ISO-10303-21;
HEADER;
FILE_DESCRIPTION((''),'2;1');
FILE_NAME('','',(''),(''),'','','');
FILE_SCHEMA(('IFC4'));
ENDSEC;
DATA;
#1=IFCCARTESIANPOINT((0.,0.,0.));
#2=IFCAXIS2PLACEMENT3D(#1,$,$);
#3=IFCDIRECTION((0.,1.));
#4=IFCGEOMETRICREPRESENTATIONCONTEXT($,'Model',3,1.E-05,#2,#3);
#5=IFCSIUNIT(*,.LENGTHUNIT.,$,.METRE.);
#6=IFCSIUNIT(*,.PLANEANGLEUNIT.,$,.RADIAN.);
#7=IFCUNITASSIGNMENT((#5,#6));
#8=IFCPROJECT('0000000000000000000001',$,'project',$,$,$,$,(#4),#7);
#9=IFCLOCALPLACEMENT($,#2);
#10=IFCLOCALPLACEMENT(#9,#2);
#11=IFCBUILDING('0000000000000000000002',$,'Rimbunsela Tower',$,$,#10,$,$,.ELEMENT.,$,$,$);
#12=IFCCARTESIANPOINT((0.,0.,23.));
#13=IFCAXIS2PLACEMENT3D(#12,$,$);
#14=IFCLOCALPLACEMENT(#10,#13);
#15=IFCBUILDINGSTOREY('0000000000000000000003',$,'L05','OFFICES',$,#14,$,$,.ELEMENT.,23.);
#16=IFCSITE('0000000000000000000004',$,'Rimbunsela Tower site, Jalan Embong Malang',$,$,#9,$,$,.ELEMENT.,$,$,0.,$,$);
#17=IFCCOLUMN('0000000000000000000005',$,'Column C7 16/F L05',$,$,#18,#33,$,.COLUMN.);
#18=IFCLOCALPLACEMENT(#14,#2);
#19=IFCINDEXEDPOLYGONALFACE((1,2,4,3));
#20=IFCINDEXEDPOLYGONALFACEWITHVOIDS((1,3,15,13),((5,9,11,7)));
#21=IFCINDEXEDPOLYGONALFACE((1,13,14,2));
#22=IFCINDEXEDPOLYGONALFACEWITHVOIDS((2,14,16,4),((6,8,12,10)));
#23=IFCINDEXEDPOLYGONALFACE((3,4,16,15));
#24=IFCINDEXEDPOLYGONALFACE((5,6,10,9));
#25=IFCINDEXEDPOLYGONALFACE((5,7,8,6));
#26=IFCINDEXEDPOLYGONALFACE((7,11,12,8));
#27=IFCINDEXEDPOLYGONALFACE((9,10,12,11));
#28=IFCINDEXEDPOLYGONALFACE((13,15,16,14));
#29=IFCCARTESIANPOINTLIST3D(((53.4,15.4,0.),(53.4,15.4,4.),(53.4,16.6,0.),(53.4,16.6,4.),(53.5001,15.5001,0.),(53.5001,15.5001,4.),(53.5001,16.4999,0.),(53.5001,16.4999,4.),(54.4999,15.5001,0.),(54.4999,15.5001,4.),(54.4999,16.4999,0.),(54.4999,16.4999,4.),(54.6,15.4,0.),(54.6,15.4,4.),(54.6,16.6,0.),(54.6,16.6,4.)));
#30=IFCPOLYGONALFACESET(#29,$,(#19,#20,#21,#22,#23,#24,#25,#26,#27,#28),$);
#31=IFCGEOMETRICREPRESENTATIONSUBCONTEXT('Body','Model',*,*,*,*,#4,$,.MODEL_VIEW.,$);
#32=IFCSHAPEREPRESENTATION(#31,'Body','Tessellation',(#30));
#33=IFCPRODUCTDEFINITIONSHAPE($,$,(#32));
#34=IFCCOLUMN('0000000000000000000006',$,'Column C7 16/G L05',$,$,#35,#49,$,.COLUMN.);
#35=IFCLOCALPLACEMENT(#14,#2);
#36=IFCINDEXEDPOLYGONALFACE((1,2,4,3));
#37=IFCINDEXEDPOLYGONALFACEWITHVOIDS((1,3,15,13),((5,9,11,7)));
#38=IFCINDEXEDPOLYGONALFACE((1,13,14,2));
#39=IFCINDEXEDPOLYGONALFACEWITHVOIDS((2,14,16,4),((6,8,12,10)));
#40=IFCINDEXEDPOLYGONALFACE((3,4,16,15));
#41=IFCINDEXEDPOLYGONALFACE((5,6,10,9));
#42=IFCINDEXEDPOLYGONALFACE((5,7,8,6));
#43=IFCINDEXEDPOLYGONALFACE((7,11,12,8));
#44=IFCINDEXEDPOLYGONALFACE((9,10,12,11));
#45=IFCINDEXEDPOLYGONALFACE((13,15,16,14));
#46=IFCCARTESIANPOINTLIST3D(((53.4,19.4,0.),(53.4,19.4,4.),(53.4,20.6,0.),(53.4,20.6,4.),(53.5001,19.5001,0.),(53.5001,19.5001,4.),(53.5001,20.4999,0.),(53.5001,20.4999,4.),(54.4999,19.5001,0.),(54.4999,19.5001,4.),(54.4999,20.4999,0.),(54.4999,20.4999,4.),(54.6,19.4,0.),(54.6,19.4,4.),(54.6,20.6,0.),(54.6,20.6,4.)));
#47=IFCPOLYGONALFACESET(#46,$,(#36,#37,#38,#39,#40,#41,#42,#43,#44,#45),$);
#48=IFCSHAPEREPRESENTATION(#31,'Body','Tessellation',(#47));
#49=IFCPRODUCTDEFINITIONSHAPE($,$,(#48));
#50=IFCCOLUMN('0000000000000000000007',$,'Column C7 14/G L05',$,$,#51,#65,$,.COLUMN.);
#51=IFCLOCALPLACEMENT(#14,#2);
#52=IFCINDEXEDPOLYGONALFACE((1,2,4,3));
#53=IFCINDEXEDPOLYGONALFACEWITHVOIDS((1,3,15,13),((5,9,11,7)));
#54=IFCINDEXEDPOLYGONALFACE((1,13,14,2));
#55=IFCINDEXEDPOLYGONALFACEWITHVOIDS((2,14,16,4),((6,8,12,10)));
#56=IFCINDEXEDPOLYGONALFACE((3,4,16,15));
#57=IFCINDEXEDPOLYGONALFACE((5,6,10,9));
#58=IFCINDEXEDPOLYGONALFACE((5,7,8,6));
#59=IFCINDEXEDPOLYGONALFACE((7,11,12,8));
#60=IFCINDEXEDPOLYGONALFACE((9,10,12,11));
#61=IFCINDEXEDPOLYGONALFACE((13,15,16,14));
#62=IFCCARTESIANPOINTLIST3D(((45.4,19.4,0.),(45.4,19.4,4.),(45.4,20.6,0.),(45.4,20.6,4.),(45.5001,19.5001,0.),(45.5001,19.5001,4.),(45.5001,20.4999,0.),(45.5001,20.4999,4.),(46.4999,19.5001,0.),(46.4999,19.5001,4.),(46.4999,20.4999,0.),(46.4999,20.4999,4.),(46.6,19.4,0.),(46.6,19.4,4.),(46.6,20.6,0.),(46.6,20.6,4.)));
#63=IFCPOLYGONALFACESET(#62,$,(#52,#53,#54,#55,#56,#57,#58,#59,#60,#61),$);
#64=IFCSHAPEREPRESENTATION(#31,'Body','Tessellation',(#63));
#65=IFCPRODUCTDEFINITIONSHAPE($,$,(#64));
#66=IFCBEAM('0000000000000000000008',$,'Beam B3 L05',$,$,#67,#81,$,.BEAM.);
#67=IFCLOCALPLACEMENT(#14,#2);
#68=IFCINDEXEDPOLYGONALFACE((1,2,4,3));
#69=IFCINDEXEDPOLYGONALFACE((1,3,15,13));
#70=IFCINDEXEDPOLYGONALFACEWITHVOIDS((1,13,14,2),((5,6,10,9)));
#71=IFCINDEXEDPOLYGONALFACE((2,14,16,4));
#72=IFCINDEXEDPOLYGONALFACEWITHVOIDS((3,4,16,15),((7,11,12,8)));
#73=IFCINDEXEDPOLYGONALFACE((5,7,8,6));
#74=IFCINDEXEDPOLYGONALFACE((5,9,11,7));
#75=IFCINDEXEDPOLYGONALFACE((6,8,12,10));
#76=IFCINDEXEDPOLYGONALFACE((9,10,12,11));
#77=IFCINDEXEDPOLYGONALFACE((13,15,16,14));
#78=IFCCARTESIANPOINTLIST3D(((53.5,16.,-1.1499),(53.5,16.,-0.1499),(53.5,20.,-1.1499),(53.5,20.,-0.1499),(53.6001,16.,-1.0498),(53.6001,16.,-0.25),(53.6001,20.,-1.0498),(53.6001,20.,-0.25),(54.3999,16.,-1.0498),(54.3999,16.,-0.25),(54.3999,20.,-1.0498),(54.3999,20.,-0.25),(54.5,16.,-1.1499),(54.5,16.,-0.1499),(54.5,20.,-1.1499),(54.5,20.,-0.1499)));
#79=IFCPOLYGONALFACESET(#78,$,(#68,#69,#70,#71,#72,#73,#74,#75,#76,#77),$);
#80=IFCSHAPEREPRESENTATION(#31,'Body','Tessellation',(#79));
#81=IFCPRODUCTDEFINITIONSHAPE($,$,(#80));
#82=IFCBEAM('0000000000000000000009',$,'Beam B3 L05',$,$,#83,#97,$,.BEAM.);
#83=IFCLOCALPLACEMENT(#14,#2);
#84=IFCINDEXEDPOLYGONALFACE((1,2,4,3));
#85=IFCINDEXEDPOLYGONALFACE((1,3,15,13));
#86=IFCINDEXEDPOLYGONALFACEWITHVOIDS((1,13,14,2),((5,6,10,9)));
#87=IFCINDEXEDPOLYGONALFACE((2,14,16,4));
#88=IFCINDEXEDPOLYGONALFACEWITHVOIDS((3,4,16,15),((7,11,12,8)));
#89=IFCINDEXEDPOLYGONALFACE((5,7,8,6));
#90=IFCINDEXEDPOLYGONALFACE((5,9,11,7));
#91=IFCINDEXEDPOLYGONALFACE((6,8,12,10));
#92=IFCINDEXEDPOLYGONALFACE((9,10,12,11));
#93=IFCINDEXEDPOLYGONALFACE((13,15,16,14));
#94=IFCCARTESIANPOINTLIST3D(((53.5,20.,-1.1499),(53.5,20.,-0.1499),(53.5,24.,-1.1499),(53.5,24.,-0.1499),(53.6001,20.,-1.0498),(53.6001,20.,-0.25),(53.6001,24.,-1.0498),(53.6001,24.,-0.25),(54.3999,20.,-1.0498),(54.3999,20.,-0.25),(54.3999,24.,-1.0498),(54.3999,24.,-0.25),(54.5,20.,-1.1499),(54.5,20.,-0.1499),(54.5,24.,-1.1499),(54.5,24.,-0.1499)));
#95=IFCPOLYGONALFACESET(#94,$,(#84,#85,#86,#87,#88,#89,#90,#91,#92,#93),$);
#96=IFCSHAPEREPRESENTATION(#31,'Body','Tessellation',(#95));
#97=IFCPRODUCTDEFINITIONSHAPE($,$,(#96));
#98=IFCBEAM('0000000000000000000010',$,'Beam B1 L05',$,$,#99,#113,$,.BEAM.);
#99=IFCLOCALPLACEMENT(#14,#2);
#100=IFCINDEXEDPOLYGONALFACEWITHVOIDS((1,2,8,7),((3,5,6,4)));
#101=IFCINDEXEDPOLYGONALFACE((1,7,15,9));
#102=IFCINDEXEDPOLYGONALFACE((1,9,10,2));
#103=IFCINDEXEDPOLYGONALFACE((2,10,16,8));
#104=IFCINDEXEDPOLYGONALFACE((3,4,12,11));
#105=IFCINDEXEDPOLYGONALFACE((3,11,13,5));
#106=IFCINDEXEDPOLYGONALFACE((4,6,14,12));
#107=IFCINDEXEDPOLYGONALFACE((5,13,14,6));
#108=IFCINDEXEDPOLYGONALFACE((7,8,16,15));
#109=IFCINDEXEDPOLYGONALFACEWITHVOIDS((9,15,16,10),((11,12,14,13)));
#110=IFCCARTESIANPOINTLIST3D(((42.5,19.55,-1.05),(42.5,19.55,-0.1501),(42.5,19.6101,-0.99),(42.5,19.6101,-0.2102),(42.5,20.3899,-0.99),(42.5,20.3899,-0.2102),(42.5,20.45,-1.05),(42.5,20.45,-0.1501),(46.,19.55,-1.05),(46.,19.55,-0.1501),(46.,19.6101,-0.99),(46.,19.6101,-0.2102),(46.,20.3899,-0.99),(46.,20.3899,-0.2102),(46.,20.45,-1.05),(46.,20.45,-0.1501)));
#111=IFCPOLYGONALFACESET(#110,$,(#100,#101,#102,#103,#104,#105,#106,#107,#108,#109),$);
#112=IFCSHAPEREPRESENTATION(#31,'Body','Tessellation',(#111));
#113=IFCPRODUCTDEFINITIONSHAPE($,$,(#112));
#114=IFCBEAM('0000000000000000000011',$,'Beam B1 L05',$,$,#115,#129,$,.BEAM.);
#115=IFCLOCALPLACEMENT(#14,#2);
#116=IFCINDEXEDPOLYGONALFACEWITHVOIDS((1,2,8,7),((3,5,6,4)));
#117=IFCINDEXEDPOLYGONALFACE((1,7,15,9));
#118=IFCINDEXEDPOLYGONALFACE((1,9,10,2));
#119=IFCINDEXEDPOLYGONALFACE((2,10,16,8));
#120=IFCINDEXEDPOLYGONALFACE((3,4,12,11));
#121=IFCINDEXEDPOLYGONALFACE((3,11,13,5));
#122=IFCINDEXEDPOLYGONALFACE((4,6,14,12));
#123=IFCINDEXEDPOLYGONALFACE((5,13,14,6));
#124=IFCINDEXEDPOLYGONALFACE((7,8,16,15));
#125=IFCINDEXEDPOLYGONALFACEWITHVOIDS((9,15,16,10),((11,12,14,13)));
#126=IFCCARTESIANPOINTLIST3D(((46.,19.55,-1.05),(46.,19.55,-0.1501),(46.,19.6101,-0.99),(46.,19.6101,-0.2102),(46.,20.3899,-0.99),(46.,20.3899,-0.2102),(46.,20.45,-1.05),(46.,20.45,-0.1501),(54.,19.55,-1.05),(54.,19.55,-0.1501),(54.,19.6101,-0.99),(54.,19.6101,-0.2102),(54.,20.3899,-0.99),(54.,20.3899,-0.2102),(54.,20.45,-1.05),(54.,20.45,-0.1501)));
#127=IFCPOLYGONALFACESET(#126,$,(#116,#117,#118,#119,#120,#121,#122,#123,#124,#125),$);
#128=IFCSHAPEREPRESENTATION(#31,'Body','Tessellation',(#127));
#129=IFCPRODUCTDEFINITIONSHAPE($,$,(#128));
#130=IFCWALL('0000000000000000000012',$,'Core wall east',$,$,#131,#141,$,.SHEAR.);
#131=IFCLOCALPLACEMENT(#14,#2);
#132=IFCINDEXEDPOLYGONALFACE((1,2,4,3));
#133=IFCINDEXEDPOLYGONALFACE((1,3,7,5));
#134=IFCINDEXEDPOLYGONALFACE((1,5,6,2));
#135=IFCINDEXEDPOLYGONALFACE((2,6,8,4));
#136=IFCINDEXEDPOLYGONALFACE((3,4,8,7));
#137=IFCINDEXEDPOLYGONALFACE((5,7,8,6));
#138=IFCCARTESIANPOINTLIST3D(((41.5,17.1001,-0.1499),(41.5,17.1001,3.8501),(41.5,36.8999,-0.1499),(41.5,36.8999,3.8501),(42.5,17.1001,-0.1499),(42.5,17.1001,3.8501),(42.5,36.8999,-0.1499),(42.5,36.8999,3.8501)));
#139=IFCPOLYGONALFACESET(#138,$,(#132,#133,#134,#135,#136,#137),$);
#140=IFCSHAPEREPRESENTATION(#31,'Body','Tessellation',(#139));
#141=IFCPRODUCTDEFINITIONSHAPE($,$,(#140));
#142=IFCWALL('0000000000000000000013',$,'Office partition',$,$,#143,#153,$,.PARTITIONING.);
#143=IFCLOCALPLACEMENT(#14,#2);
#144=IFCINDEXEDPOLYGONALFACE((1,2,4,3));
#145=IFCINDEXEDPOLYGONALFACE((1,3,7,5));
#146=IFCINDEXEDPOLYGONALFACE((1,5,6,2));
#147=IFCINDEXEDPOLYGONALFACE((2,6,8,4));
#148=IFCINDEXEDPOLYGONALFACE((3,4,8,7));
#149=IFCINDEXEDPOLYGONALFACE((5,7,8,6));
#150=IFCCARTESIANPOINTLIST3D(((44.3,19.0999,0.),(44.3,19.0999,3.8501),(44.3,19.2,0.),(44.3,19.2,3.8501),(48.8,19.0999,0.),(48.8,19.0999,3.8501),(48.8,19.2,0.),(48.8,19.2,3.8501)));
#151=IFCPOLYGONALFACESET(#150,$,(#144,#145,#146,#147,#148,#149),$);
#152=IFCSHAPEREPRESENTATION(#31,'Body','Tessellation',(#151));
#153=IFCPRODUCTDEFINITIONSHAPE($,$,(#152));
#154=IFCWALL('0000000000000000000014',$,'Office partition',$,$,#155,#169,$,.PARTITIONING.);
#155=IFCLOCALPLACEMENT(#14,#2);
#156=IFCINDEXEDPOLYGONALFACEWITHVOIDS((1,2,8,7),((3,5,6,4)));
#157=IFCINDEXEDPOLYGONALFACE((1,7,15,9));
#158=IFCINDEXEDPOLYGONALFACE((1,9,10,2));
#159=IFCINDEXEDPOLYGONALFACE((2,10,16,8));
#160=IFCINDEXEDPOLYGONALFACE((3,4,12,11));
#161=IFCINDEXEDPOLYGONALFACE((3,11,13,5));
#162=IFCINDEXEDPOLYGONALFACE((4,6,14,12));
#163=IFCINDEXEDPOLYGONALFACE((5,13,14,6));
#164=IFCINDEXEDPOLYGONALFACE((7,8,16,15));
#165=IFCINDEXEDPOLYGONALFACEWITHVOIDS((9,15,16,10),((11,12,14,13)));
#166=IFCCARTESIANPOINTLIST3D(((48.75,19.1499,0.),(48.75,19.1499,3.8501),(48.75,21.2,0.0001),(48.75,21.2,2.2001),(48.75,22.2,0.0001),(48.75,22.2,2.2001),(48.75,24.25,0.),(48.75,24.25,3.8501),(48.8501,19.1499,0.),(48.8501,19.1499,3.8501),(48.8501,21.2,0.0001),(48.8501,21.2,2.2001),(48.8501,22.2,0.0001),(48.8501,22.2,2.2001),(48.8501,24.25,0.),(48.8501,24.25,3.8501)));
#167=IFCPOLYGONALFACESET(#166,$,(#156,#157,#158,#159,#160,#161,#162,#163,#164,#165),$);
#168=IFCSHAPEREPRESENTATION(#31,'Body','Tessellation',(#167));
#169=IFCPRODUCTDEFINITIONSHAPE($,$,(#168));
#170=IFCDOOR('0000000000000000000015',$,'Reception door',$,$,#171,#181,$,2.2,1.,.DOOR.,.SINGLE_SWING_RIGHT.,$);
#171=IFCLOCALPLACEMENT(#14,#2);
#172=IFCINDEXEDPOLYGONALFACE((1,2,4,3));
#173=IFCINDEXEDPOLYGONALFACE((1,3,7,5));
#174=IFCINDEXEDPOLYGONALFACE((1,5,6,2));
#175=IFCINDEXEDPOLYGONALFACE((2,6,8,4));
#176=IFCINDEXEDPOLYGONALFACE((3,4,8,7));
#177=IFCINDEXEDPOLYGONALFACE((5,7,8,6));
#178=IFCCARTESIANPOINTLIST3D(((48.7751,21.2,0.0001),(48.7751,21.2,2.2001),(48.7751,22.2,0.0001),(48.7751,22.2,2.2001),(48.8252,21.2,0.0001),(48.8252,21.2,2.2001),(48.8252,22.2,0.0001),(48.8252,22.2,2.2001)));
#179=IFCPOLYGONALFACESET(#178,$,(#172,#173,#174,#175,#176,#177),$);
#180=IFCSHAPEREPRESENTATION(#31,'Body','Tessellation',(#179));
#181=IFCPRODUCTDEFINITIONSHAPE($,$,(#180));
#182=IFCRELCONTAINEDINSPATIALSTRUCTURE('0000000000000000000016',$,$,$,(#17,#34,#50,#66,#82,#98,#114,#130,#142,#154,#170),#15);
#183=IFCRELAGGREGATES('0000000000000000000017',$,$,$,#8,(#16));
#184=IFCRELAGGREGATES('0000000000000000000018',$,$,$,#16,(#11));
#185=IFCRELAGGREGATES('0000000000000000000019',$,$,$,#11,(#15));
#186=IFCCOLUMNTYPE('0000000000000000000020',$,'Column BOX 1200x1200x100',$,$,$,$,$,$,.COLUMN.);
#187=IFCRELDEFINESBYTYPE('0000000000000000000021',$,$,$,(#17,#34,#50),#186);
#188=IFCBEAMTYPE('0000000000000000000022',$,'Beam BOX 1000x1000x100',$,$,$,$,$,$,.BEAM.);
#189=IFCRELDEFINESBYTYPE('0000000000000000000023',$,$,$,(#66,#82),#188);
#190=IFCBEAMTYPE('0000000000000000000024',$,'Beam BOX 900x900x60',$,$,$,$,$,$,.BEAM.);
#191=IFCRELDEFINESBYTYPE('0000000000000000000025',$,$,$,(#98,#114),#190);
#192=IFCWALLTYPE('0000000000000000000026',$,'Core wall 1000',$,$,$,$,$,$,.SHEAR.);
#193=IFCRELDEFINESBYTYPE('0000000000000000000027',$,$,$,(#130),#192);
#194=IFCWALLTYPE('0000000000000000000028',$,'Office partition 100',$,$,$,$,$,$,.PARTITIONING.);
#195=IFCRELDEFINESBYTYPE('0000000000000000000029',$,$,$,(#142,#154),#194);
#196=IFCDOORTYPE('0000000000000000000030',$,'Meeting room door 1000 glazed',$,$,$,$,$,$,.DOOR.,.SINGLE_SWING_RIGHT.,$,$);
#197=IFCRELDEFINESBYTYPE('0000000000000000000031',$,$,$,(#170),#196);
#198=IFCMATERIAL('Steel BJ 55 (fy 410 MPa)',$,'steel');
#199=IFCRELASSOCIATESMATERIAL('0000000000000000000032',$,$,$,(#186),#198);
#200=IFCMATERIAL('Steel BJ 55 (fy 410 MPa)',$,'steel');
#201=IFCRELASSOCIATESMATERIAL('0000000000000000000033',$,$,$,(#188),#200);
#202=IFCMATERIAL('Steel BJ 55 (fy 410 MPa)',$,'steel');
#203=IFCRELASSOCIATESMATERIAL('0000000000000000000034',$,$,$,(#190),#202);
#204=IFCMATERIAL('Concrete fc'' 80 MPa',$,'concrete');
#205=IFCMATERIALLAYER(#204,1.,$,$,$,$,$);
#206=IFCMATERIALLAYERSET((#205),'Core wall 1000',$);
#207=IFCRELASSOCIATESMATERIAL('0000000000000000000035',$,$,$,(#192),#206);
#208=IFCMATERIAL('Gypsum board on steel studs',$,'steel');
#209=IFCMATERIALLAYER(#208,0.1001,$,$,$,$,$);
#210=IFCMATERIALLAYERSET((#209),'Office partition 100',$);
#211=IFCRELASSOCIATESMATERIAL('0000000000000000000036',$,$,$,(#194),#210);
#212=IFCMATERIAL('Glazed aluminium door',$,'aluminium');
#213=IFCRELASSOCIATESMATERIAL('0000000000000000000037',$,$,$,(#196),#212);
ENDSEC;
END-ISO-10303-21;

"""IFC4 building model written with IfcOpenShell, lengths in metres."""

from ifc_helpers import new_model, si_unit, direction, frame, frame_2d, origin, origin_2d, place, context, subcontext, project, spatial, rectangle, hollow_rectangle, extrude, material, layer, layer_set, material_profile, profile_set, type_object, element, fill, save


model = new_model("IFC4")

# Units and contexts
model_context = context("Model", 3, precision=1e-05, world=origin(), true_north=direction((0.0, 1.0)))
body_context = subcontext(model_context, "Body", "Model", "MODEL_VIEW")
ifc_project = project(units=[si_unit("LENGTHUNIT", "METRE"), si_unit("PLANEANGLEUNIT", "RADIAN")], contexts=[model_context])

# Site, building, storey
site_placement = place(None, origin())
site = spatial("IfcSite", under=ifc_project, at=site_placement, Name="Rimbunsela Tower site, Jalan Embong Malang", CompositionType="ELEMENT", RefElevation=0.0)
building_placement = place(site_placement, origin())
building = spatial("IfcBuilding", under=site, at=building_placement, Name="Rimbunsela Tower", CompositionType="ELEMENT")
storey_placement = place(building_placement, frame((0.0, 0.0, 23.0)))
storey = spatial("IfcBuildingStorey", under=building, at=storey_placement, Name="L05", Description="OFFICES", CompositionType="ELEMENT", Elevation=23.0)

# Columns
ifc_material_1 = material(Name="Steel BJ 55 (fy 410 MPa)", Category="steel")
ifc_material_profile_1 = material_profile(ifc_material_1, hollow_rectangle(XDim=1.2, YDim=1.2, WallThickness=0.1001, at=origin_2d()), Name="BOX 1200x1200x100")
ifc_profile_set_1 = profile_set([ifc_material_profile_1], Name="Steel BJ 55 (fy 410 MPa)")
column_type = type_object("IfcColumnType", Name="Column BOX 1200x1200x100", PredefinedType="COLUMN", material=ifc_profile_set_1)
for number, where, z_axis, x_axis, name in (
    (1, (54.0, 16.0, 0.0), (0.0, 0.0, 1.0), (1.0, 0.0, 0.0), "Column C7 16/F L05"),
    (2, (54.0, 20.0, 0.0), (0.0, 0.0, 1.0), (1.0, 0.0, 0.0), "Column C7 16/G L05"),
    (3, (46.0, 20.0, 0.0), (0.0, 0.0, 1.0), (1.0, 0.0, 0.0), "Column C7 14/G L05"),
):
    element("IfcColumn", number, at=place(storey_placement, frame(where, z_axis=z_axis, x_axis=x_axis)), inside=storey, type_object=column_type, Name=name, PredefinedType="COLUMN", context=body_context, shape_type="SweptSolid", body=[
        extrude(hollow_rectangle(XDim=1.2, YDim=1.2, WallThickness=0.1001, at=origin_2d()), origin(), (0.0, 0.0, 1.0), 4.0),
    ])

# Beams
ifc_material_2 = material(Name="Steel BJ 55 (fy 410 MPa)", Category="steel")
ifc_material_profile_2 = material_profile(ifc_material_2, hollow_rectangle(XDim=1.0, YDim=1.0, WallThickness=0.1001, at=origin_2d()), Name="BOX 1000x1000x100")
ifc_profile_set_2 = profile_set([ifc_material_profile_2], Name="Steel BJ 55 (fy 410 MPa)")
beam_type_1 = type_object("IfcBeamType", Name="Beam BOX 1000x1000x100", PredefinedType="BEAM", material=ifc_profile_set_2)
for number, where, z_axis, x_axis, name in (
    (4, (54.0, 16.0, -0.6499), (0.0, 1.0, 0.0), (-1.0, 0.0, 0.0), "Beam B3 L05"),
    (5, (54.0, 20.0, -0.6499), (0.0, 1.0, 0.0), (-1.0, 0.0, 0.0), "Beam B3 L05"),
):
    element("IfcBeam", number, at=place(storey_placement, frame(where, z_axis=z_axis, x_axis=x_axis)), inside=storey, type_object=beam_type_1, Name=name, PredefinedType="BEAM", context=body_context, shape_type="SweptSolid", body=[
        extrude(hollow_rectangle(XDim=1.0, YDim=1.0, WallThickness=0.1001, at=origin_2d()), origin(), (0.0, 0.0, 1.0), 4.0),
    ])
ifc_material_3 = material(Name="Steel BJ 55 (fy 410 MPa)", Category="steel")
ifc_material_profile_3 = material_profile(ifc_material_3, hollow_rectangle(XDim=0.8999, YDim=0.8999, WallThickness=0.0601, at=origin_2d()), Name="BOX 900x900x60")
ifc_profile_set_3 = profile_set([ifc_material_profile_3], Name="Steel BJ 55 (fy 410 MPa)")
beam_type_2 = type_object("IfcBeamType", Name="Beam BOX 900x900x60", PredefinedType="BEAM", material=ifc_profile_set_3)
beam_1_placement = place(storey_placement, frame((42.5, 20.0, -0.6001), z_axis=(1.0, 0.0, 0.0), x_axis=(0.0, 1.0, 0.0)))
element("IfcBeam", 6, at=beam_1_placement, inside=storey, type_object=beam_type_2, Name="Beam B1 L05", PredefinedType="BEAM", context=body_context, shape_type="SweptSolid", body=[
    extrude(hollow_rectangle(XDim=0.8999, YDim=0.8999, WallThickness=0.0601, at=origin_2d()), origin(), (0.0, 0.0, 1.0), 3.5),
])
beam_2_placement = place(storey_placement, frame((46.0, 20.0, -0.6001), z_axis=(1.0, 0.0, 0.0), x_axis=(0.0, 1.0, 0.0)))
element("IfcBeam", 7, at=beam_2_placement, inside=storey, type_object=beam_type_2, Name="Beam B1 L05", PredefinedType="BEAM", context=body_context, shape_type="SweptSolid", body=[
    extrude(hollow_rectangle(XDim=0.8999, YDim=0.8999, WallThickness=0.0601, at=origin_2d()), origin(), (0.0, 0.0, 1.0), 8.0),
])

# Walls
ifc_material_4 = material(Name="Concrete fc' 80 MPa", Category="concrete")
ifc_layer_1 = layer(ifc_material_4, 1.0)
ifc_layer_set_1 = layer_set([ifc_layer_1], Name="Core wall 1000")
wall_type_1 = type_object("IfcWallType", Name="Core wall 1000", PredefinedType="SHEAR", material=ifc_layer_set_1)
wall_1_placement = place(storey_placement, frame((42.0, 17.1001, -0.1499), z_axis=(0.0, 0.0, 1.0), x_axis=(0.0, 1.0, 0.0)))
element("IfcWall", 8, at=wall_1_placement, inside=storey, type_object=wall_type_1, Name="Core wall east", PredefinedType="SHEAR", context=body_context, shape_type="SweptSolid", body=[
    extrude(rectangle(XDim=19.7998, YDim=1.0, at=frame_2d((9.8999, 0.0))), origin(), (0.0, 0.0, 1.0), 4.0),
])
ifc_material_5 = material(Name="Gypsum board on steel studs", Category="steel")
ifc_layer_2 = layer(ifc_material_5, 0.1001)
ifc_layer_set_2 = layer_set([ifc_layer_2], Name="Office partition 100")
wall_type_2 = type_object("IfcWallType", Name="Office partition 100", PredefinedType="PARTITIONING", material=ifc_layer_set_2)
wall_2_placement = place(storey_placement, frame((44.3, 19.1499, 0.0), z_axis=(0.0, 0.0, 1.0), x_axis=(1.0, 0.0, 0.0)))
element("IfcWall", 9, at=wall_2_placement, inside=storey, type_object=wall_type_2, Name="Office partition", PredefinedType="PARTITIONING", context=body_context, shape_type="SweptSolid", body=[
    extrude(rectangle(XDim=4.5, YDim=0.1001, at=frame_2d((2.25, 0.0))), origin(), (0.0, 0.0, 1.0), 3.8501),
])

# Wall, opening, door
wall_3_placement = place(storey_placement, frame((48.8, 19.1499, 0.0), z_axis=(0.0, 0.0, 1.0), x_axis=(0.0, 1.0, 0.0)))
wall_3 = element("IfcWall", 10, at=wall_3_placement, inside=storey, type_object=wall_type_2, Name="Office partition", PredefinedType="PARTITIONING", context=body_context, shape_type="SweptSolid", body=[
    extrude(rectangle(XDim=5.1001, YDim=0.1001, at=frame_2d((2.55, 0.0))), origin(), (0.0, 0.0, 1.0), 3.8501),
])
opening_1_placement = place(wall_3_placement, frame((2.05, 0.0, 0.0)))
opening_1 = element("IfcOpeningElement", 11, at=opening_1_placement, cuts=wall_3, PredefinedType="OPENING", context=body_context, shape_type="SweptSolid", body=[
    extrude(rectangle(XDim=1.0, YDim=2.2, at=frame_2d((0.5, 1.1001))), frame((0.0, 0.0601, 0.0), z_axis=(0.0, -1.0, 0.0), x_axis=(1.0, 0.0, 0.0)), (0.0, 0.0, 1.0), 0.1201),
])
ifc_material_6 = material(Name="Glazed aluminium door", Category="aluminium")
door_type_1 = type_object("IfcDoorType", Name="Meeting room door 1000 glazed", OperationType="SINGLE_SWING_RIGHT", PredefinedType="DOOR", material=ifc_material_6)
door_1_placement = place(opening_1_placement, origin())
door_1 = element("IfcDoor", 12, at=door_1_placement, inside=storey, type_object=door_type_1, Name="Reception door", OperationType="SINGLE_SWING_RIGHT", OverallHeight=2.2, OverallWidth=1.0, PredefinedType="DOOR", context=body_context, shape_type="SweptSolid", body=[
    extrude(rectangle(XDim=1.0, YDim=2.2, at=frame_2d((0.5, 1.1001))), frame((0.0, 0.0249, 0.0), z_axis=(0.0, -1.0, 0.0), x_axis=(1.0, 0.0, 0.0)), (0.0, 0.0, 1.0), 0.05),
])
fill(opening_1, door_1)

save(model, "model.ifc")
